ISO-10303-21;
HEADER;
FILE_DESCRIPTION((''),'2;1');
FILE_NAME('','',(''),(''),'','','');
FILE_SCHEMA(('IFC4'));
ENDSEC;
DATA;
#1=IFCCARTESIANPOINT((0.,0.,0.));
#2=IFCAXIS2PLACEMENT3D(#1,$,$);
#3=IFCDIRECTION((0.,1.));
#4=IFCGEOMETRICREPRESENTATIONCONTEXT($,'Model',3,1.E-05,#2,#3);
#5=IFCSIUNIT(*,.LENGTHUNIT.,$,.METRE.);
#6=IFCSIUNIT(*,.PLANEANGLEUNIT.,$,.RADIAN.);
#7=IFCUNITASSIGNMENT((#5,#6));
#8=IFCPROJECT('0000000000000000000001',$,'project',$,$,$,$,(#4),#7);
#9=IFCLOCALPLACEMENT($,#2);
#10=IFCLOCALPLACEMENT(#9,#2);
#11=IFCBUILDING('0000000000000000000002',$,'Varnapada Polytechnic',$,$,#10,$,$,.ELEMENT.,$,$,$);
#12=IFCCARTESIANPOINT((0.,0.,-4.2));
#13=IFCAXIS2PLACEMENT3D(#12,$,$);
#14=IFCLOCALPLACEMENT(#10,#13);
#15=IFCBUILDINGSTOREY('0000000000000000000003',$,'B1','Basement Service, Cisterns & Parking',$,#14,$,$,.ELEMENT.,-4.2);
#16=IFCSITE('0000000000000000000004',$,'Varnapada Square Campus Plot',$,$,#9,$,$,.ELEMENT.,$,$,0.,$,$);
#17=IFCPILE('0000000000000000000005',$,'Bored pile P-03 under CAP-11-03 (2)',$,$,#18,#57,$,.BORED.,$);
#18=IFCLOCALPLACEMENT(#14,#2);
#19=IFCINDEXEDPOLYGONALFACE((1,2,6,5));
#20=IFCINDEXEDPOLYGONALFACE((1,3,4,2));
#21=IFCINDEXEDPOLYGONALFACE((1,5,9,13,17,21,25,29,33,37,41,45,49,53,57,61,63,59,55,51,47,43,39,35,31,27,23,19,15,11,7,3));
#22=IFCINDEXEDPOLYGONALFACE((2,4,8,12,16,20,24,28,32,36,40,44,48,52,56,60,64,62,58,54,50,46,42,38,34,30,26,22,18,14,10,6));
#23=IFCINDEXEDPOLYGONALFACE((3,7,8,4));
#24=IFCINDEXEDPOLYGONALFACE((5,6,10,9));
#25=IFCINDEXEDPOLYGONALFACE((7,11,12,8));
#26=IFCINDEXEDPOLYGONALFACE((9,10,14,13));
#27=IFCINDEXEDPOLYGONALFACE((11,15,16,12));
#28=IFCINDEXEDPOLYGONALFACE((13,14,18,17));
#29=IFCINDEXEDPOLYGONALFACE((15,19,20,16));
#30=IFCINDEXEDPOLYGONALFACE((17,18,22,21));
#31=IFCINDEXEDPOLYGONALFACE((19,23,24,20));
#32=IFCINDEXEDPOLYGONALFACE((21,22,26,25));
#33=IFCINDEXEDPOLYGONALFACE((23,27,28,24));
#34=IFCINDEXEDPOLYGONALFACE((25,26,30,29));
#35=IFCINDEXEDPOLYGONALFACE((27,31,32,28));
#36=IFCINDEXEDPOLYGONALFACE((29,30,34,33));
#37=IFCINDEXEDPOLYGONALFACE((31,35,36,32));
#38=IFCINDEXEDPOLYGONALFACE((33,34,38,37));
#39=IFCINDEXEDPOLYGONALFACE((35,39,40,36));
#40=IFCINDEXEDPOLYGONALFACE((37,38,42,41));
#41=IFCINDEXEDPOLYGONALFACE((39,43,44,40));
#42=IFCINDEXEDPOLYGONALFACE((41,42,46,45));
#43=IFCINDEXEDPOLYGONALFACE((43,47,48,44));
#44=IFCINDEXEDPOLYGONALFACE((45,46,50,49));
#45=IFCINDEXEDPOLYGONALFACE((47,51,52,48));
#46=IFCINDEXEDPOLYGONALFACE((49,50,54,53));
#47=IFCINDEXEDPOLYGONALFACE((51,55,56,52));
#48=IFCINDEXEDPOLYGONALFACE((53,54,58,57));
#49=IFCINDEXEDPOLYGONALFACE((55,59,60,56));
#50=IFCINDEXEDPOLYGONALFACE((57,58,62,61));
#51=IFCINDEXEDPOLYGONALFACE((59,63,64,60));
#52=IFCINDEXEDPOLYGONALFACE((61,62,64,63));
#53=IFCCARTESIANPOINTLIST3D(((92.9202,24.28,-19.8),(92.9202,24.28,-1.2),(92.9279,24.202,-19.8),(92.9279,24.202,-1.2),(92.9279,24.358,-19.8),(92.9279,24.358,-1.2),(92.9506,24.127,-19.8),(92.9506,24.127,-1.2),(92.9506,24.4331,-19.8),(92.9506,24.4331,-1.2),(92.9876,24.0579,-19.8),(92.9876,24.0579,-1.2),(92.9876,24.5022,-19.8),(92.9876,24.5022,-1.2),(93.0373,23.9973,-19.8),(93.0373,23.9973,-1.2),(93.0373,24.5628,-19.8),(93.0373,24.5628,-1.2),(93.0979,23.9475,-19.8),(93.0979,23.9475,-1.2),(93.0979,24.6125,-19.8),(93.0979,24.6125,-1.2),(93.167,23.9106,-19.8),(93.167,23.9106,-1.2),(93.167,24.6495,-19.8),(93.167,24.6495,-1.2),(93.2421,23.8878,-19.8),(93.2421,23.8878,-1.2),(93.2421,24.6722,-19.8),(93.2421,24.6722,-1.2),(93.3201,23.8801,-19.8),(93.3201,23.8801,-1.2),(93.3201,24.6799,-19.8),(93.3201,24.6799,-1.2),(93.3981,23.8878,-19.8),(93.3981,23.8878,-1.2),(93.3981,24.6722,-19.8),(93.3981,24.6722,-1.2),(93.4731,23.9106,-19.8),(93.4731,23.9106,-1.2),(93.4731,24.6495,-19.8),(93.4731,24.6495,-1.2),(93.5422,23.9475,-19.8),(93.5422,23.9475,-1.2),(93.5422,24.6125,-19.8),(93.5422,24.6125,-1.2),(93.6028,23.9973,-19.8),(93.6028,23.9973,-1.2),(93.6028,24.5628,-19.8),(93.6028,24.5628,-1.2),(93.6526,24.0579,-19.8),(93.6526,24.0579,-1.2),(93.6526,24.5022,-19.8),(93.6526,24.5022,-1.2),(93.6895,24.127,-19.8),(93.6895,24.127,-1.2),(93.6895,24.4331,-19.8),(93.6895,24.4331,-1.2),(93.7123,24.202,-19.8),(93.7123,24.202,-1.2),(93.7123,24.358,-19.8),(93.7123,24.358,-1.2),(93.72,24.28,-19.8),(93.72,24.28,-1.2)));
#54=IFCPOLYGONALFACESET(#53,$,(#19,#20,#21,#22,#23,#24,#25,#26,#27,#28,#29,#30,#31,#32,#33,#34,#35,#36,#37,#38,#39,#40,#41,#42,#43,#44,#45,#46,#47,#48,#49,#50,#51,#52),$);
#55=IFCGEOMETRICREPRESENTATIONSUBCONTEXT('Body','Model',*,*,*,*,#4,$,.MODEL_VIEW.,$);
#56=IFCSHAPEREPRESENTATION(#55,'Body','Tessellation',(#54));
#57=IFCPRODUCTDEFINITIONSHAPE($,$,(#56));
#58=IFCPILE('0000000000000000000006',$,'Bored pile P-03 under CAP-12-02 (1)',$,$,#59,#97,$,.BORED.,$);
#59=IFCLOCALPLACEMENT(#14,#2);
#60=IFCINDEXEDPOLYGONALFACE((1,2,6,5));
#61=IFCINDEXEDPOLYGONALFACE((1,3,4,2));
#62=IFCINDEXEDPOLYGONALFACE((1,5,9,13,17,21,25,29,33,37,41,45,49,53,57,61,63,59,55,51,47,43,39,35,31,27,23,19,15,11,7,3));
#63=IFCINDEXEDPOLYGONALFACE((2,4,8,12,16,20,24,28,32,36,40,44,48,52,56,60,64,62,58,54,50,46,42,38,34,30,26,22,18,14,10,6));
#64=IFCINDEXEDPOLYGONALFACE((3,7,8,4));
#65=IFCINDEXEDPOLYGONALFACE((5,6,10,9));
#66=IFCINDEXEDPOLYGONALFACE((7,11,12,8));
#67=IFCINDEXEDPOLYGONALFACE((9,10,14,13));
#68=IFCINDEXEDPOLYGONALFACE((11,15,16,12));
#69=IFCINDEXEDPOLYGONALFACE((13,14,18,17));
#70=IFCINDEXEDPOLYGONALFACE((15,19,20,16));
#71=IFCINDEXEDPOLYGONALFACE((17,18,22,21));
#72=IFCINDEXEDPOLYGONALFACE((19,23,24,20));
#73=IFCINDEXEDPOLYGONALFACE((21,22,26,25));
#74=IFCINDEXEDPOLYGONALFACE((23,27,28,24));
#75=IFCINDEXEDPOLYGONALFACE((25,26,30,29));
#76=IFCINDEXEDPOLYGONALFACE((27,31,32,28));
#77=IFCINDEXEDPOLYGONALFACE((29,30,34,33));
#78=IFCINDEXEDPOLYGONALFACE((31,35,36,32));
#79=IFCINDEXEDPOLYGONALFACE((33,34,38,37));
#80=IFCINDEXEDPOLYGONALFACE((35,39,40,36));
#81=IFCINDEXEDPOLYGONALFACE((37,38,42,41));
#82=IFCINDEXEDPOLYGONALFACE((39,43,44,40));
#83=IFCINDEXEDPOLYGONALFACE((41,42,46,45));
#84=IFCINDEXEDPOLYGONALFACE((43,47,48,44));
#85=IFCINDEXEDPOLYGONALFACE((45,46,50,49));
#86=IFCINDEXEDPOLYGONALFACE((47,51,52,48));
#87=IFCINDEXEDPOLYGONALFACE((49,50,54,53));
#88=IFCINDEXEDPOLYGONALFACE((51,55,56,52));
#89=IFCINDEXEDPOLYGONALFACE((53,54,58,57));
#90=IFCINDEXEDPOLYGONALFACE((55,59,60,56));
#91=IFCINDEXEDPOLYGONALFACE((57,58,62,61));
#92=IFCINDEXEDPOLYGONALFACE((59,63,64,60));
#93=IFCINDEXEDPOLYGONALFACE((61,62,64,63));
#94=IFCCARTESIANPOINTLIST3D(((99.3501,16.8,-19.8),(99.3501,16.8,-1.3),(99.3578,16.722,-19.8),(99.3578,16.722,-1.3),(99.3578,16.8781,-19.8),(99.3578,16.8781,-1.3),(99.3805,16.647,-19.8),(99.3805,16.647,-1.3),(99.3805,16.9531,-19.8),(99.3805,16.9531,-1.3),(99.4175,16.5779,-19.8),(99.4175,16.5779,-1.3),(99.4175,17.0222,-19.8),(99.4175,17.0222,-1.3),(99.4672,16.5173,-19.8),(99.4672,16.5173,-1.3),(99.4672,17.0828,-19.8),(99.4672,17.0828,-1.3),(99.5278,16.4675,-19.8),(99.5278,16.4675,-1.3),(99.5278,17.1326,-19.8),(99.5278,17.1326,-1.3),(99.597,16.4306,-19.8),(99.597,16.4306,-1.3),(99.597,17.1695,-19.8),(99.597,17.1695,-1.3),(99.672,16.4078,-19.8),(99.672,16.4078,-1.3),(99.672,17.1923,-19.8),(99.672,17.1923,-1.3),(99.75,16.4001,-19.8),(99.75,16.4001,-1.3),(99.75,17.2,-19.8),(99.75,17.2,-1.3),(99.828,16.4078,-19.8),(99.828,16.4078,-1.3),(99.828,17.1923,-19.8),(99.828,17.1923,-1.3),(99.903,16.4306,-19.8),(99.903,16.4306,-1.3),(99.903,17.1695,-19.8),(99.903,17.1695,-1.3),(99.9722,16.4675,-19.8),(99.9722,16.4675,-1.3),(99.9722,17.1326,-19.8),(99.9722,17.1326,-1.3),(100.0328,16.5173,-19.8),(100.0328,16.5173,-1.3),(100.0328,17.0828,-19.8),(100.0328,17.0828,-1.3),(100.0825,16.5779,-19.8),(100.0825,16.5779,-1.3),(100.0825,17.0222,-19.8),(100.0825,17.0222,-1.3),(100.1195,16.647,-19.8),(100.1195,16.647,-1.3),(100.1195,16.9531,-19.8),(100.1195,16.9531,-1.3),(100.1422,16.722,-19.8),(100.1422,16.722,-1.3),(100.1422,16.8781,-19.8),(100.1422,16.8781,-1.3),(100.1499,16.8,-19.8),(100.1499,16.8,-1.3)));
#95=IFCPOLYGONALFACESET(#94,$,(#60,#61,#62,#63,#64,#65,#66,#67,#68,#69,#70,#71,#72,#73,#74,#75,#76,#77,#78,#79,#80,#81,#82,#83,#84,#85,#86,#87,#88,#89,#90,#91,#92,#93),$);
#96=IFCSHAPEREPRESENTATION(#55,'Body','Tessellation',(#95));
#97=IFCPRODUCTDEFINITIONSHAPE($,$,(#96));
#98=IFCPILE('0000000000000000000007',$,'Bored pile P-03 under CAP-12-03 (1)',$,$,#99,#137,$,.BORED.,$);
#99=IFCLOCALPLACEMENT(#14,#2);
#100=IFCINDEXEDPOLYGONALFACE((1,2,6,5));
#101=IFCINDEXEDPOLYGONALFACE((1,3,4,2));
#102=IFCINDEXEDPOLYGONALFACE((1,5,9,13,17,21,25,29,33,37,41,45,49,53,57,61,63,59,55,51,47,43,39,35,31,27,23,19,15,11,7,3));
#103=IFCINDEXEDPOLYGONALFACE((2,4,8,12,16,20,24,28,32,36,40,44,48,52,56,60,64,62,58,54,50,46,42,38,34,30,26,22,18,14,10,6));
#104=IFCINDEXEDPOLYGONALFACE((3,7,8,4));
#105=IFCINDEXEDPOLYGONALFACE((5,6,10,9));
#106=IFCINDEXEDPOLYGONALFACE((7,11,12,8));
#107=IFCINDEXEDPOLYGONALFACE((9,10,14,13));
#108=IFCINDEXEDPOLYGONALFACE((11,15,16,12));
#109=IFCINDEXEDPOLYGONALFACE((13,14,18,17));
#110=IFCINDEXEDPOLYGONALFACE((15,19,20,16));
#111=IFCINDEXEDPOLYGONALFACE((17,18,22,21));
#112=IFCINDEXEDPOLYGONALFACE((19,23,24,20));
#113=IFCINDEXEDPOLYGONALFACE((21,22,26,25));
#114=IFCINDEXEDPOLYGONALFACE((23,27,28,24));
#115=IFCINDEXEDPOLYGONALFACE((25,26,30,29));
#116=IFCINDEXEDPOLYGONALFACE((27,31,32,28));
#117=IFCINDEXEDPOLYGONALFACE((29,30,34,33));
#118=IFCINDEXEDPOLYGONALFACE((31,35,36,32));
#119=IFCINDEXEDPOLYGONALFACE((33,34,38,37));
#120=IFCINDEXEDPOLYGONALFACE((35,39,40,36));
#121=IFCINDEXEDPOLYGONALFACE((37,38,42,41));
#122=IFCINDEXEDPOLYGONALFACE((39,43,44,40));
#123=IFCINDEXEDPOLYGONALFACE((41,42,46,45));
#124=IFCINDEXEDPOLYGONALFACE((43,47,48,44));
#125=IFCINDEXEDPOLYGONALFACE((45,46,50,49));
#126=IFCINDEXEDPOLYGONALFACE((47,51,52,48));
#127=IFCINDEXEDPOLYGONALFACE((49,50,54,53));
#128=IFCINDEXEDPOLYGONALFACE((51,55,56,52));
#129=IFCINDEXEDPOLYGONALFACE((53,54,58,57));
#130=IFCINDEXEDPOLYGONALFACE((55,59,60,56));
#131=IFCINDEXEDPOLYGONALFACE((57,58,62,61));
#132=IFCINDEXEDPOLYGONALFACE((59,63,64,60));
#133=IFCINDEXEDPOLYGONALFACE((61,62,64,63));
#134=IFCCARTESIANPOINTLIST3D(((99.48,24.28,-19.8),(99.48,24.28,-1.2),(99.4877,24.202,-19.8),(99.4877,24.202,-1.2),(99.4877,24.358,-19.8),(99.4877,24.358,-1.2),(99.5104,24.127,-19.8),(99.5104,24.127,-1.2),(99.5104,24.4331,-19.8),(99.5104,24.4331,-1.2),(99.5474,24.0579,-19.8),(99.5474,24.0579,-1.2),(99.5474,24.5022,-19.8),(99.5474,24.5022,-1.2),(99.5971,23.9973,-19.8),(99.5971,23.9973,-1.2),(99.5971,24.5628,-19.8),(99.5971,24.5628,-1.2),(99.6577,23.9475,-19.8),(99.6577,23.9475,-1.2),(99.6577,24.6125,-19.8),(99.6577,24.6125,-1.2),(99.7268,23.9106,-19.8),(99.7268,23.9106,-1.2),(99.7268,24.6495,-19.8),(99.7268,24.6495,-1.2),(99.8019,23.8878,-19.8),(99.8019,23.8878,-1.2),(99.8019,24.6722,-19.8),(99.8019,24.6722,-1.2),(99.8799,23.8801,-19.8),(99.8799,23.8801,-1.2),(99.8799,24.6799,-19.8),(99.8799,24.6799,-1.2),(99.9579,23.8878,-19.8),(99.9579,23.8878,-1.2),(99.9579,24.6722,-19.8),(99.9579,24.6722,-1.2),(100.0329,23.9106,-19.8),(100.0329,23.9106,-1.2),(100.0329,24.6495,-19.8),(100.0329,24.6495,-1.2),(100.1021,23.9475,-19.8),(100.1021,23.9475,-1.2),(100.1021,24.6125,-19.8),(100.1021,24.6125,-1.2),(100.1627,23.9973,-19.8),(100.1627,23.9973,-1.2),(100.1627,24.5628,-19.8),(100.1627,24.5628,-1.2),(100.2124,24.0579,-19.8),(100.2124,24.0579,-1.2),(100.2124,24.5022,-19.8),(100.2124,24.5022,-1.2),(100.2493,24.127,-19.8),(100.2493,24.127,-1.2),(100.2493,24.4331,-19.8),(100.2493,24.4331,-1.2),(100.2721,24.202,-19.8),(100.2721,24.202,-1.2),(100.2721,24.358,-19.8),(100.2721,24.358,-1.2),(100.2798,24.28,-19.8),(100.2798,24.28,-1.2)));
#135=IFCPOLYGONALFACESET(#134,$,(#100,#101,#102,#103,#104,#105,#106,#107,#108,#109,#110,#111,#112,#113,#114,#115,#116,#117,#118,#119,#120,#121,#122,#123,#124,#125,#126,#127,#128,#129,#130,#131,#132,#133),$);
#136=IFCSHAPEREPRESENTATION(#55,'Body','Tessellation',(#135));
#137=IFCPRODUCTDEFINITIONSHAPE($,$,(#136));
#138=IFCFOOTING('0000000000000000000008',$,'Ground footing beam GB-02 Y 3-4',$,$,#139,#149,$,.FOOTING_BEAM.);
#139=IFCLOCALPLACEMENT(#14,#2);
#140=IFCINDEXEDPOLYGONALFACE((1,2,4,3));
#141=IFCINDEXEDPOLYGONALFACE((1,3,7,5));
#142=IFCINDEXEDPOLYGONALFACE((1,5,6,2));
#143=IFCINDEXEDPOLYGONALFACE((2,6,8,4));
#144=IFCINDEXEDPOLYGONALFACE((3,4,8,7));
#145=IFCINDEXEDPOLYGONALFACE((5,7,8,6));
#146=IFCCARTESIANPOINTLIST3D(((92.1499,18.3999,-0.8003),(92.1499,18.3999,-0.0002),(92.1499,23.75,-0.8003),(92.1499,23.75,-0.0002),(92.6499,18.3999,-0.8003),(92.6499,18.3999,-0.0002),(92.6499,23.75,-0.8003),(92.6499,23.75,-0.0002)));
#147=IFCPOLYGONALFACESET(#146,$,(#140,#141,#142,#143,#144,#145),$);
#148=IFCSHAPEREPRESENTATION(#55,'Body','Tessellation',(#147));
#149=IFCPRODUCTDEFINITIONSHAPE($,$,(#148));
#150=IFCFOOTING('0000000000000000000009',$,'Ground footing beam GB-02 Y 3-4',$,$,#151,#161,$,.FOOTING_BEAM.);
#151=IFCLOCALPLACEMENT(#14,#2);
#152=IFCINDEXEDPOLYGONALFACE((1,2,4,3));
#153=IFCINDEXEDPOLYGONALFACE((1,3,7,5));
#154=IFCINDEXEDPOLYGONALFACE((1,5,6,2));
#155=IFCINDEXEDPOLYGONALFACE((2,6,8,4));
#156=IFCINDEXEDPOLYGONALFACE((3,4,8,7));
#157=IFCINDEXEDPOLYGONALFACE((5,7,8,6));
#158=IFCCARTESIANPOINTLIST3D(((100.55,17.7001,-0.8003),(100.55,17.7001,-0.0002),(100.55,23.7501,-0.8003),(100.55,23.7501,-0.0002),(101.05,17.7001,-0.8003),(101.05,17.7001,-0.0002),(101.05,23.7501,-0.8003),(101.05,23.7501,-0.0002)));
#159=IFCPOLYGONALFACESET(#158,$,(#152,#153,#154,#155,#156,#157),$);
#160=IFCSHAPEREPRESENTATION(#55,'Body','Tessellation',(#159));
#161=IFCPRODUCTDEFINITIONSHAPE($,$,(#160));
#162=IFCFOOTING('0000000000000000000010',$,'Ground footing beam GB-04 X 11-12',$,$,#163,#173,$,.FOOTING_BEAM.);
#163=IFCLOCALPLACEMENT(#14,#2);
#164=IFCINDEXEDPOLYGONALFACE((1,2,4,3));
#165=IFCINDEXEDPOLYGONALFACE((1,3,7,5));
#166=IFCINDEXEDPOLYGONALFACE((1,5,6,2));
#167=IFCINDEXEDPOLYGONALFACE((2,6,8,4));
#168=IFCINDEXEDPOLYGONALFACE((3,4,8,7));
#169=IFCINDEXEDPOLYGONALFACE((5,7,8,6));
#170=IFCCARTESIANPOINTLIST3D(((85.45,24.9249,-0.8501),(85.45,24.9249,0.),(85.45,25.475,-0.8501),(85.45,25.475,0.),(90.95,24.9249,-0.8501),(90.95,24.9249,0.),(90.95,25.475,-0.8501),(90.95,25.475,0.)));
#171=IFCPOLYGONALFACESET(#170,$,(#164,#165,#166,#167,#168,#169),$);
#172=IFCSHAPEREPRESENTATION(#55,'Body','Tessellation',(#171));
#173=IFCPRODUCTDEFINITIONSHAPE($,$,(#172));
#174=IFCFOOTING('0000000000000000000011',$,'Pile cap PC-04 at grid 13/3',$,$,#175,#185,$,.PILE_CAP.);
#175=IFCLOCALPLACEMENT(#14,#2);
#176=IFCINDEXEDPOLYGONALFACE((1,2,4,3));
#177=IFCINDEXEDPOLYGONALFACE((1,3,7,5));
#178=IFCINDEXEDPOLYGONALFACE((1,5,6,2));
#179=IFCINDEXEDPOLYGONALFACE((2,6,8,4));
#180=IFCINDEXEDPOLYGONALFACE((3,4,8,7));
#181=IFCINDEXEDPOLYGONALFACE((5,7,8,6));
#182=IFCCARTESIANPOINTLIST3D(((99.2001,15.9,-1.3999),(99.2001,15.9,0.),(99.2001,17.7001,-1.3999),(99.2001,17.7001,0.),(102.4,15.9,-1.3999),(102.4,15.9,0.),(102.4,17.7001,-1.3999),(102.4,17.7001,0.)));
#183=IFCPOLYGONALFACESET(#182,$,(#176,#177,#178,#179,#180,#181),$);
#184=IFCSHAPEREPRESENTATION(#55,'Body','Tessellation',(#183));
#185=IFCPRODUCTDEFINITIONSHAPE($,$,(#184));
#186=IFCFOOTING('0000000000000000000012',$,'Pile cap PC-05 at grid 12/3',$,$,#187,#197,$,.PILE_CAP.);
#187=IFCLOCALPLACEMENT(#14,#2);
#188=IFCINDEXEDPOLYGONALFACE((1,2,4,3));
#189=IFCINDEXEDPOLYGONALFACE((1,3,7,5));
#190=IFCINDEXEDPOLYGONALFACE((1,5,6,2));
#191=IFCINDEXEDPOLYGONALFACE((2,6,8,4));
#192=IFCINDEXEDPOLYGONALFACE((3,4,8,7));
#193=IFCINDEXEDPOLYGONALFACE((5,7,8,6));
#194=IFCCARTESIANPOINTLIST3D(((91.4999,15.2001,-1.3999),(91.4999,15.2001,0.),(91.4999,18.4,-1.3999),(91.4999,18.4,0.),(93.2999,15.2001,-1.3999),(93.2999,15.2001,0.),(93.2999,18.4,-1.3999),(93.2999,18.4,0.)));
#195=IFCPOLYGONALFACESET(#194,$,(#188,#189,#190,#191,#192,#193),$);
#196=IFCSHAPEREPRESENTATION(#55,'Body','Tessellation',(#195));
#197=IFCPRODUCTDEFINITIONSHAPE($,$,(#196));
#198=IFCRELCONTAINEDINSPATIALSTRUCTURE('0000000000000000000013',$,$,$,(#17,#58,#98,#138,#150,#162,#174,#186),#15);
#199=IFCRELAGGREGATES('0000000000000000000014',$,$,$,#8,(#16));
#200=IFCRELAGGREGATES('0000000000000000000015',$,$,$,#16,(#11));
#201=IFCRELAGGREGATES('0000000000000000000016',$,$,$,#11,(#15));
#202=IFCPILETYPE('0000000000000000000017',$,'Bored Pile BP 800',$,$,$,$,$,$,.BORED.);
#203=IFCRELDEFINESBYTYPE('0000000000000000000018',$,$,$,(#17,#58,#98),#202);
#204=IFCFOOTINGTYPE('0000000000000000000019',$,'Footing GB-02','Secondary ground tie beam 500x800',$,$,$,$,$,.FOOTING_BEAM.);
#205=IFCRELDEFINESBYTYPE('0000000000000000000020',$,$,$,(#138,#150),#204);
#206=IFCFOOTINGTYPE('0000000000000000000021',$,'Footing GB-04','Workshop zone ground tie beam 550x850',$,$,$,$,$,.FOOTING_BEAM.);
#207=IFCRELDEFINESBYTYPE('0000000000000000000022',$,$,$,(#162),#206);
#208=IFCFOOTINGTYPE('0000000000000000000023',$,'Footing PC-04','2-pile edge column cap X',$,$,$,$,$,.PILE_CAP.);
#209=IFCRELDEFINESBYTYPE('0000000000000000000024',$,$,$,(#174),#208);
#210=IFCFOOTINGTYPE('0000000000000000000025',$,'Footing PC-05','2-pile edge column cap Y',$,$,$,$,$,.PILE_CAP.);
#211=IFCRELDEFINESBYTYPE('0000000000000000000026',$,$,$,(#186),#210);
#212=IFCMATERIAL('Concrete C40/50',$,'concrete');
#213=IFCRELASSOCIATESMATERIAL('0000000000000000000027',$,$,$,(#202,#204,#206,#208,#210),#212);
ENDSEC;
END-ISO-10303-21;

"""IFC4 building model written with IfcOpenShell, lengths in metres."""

from ifc_helpers import new_model, si_unit, direction, frame, origin, origin_2d, place, context, subcontext, project, spatial, rectangle, circle, extrude, material, material_profile, profile_set, type_object, element, save


model = new_model("IFC4")

# Units and contexts
model_context = context("Model", 3, precision=1e-05, world=origin(), true_north=direction((0.0, 1.0)))
body_context = subcontext(model_context, "Body", "Model", "MODEL_VIEW")
ifc_project = project(units=[si_unit("LENGTHUNIT", "METRE"), si_unit("PLANEANGLEUNIT", "RADIAN")], contexts=[model_context])

# Site, building, storey
site_placement = place(None, origin())
site = spatial("IfcSite", under=ifc_project, at=site_placement, Name="Varnapada Square Campus Plot", CompositionType="ELEMENT", RefElevation=0.0)
building_placement = place(site_placement, origin())
building = spatial("IfcBuilding", under=site, at=building_placement, Name="Varnapada Polytechnic", CompositionType="ELEMENT")
storey_placement = place(building_placement, frame((0.0, 0.0, -4.2)))
storey = spatial("IfcBuildingStorey", under=building, at=storey_placement, Name="B1", Description="Basement Service, Cisterns & Parking", CompositionType="ELEMENT", Elevation=-4.2)

# Piles
ifc_material_1 = material(Name="Concrete C40/50", Category="concrete")
ifc_material_profile_1 = material_profile(ifc_material_1, circle(Radius=0.3999, at=origin_2d()), Name="BP 800")
ifc_profile_set_1 = profile_set([ifc_material_profile_1], Name="Concrete C40/50")
pile_type = type_object("IfcPileType", Name="Bored Pile BP 800", PredefinedType="BORED", material=ifc_profile_set_1)
for number, where, z_axis, x_axis, name in (
    (1, (93.3201, 24.28, -1.2), (0.0, 0.0, -1.0), (1.0, 0.0, 0.0), "Bored pile P-03 under CAP-11-03 (2)"),
):
    element("IfcPile", number, at=place(storey_placement, frame(where, z_axis=z_axis, x_axis=x_axis)), inside=storey, type_object=pile_type, Name=name, PredefinedType="BORED", context=body_context, shape_type="SweptSolid", body=[
        extrude(circle(Radius=0.3999, at=origin_2d()), origin(), (0.0, 0.0, 1.0), 18.6001),
    ])
pile_1_placement = place(storey_placement, frame((99.75, 16.8, -1.3), z_axis=(0.0, 0.0, -1.0), x_axis=(1.0, 0.0, 0.0)))
element("IfcPile", 2, at=pile_1_placement, inside=storey, type_object=pile_type, Name="Bored pile P-03 under CAP-12-02 (1)", PredefinedType="BORED", context=body_context, shape_type="SweptSolid", body=[
    extrude(circle(Radius=0.3999, at=origin_2d()), origin(), (0.0, 0.0, 1.0), 18.5),
])
pile_2_placement = place(storey_placement, frame((99.8799, 24.28, -1.2), z_axis=(0.0, 0.0, -1.0), x_axis=(1.0, 0.0, 0.0)))
element("IfcPile", 3, at=pile_2_placement, inside=storey, type_object=pile_type, Name="Bored pile P-03 under CAP-12-03 (1)", PredefinedType="BORED", context=body_context, shape_type="SweptSolid", body=[
    extrude(circle(Radius=0.3999, at=origin_2d()), origin(), (0.0, 0.0, 1.0), 18.6001),
])

# Footings
footing_type_1 = type_object("IfcFootingType", Name="Footing GB-02", Description="Secondary ground tie beam 500x800", PredefinedType="FOOTING_BEAM", material=ifc_material_1)
footing_1_placement = place(storey_placement, frame((92.3999, 21.075, -0.8003), z_axis=(0.0, 0.0, 1.0), x_axis=(0.0, 1.0, 0.0)))
element("IfcFooting", 4, at=footing_1_placement, inside=storey, type_object=footing_type_1, Name="Ground footing beam GB-02 Y 3-4", PredefinedType="FOOTING_BEAM", context=body_context, shape_type="SweptSolid", body=[
    extrude(rectangle(XDim=5.3501, YDim=0.5, at=origin_2d()), origin(), (0.0, 0.0, 1.0), 0.8),
])
footing_2_placement = place(storey_placement, frame((100.8, 20.7251, -0.8003), z_axis=(0.0, 0.0, 1.0), x_axis=(0.0, 1.0, 0.0)))
element("IfcFooting", 5, at=footing_2_placement, inside=storey, type_object=footing_type_1, Name="Ground footing beam GB-02 Y 3-4", PredefinedType="FOOTING_BEAM", context=body_context, shape_type="SweptSolid", body=[
    extrude(rectangle(XDim=6.05, YDim=0.5, at=origin_2d()), origin(), (0.0, 0.0, 1.0), 0.8),
])
footing_type_2 = type_object("IfcFootingType", Name="Footing GB-04", Description="Workshop zone ground tie beam 550x850", PredefinedType="FOOTING_BEAM", material=ifc_material_1)
footing_3_placement = place(storey_placement, frame((88.2, 25.2, -0.8501), z_axis=(0.0, 0.0, 1.0), x_axis=(1.0, 0.0, 0.0)))
element("IfcFooting", 6, at=footing_3_placement, inside=storey, type_object=footing_type_2, Name="Ground footing beam GB-04 X 11-12", PredefinedType="FOOTING_BEAM", context=body_context, shape_type="SweptSolid", body=[
    extrude(rectangle(XDim=5.5, YDim=0.55, at=origin_2d()), origin(), (0.0, 0.0, 1.0), 0.8501),
])
footing_type_3 = type_object("IfcFootingType", Name="Footing PC-04", Description="2-pile edge column cap X", PredefinedType="PILE_CAP", material=ifc_material_1)
footing_4_placement = place(storey_placement, frame((100.8, 16.8, -1.3999), z_axis=(0.0, 0.0, 1.0), x_axis=(1.0, 0.0, 0.0)))
element("IfcFooting", 7, at=footing_4_placement, inside=storey, type_object=footing_type_3, Name="Pile cap PC-04 at grid 13/3", PredefinedType="PILE_CAP", context=body_context, shape_type="SweptSolid", body=[
    extrude(rectangle(XDim=3.2, YDim=1.8, at=origin_2d()), origin(), (0.0, 0.0, 1.0), 1.3999),
])
footing_type_4 = type_object("IfcFootingType", Name="Footing PC-05", Description="2-pile edge column cap Y", PredefinedType="PILE_CAP", material=ifc_material_1)
footing_5_placement = place(storey_placement, frame((92.3999, 16.8, -1.3999), z_axis=(0.0, 0.0, 1.0), x_axis=(1.0, 0.0, 0.0)))
element("IfcFooting", 8, at=footing_5_placement, inside=storey, type_object=footing_type_4, Name="Pile cap PC-05 at grid 12/3", PredefinedType="PILE_CAP", context=body_context, shape_type="SweptSolid", body=[
    extrude(rectangle(XDim=1.8, YDim=3.2, at=origin_2d()), origin(), (0.0, 0.0, 1.0), 1.3999),
])

save(model, "model.ifc")
